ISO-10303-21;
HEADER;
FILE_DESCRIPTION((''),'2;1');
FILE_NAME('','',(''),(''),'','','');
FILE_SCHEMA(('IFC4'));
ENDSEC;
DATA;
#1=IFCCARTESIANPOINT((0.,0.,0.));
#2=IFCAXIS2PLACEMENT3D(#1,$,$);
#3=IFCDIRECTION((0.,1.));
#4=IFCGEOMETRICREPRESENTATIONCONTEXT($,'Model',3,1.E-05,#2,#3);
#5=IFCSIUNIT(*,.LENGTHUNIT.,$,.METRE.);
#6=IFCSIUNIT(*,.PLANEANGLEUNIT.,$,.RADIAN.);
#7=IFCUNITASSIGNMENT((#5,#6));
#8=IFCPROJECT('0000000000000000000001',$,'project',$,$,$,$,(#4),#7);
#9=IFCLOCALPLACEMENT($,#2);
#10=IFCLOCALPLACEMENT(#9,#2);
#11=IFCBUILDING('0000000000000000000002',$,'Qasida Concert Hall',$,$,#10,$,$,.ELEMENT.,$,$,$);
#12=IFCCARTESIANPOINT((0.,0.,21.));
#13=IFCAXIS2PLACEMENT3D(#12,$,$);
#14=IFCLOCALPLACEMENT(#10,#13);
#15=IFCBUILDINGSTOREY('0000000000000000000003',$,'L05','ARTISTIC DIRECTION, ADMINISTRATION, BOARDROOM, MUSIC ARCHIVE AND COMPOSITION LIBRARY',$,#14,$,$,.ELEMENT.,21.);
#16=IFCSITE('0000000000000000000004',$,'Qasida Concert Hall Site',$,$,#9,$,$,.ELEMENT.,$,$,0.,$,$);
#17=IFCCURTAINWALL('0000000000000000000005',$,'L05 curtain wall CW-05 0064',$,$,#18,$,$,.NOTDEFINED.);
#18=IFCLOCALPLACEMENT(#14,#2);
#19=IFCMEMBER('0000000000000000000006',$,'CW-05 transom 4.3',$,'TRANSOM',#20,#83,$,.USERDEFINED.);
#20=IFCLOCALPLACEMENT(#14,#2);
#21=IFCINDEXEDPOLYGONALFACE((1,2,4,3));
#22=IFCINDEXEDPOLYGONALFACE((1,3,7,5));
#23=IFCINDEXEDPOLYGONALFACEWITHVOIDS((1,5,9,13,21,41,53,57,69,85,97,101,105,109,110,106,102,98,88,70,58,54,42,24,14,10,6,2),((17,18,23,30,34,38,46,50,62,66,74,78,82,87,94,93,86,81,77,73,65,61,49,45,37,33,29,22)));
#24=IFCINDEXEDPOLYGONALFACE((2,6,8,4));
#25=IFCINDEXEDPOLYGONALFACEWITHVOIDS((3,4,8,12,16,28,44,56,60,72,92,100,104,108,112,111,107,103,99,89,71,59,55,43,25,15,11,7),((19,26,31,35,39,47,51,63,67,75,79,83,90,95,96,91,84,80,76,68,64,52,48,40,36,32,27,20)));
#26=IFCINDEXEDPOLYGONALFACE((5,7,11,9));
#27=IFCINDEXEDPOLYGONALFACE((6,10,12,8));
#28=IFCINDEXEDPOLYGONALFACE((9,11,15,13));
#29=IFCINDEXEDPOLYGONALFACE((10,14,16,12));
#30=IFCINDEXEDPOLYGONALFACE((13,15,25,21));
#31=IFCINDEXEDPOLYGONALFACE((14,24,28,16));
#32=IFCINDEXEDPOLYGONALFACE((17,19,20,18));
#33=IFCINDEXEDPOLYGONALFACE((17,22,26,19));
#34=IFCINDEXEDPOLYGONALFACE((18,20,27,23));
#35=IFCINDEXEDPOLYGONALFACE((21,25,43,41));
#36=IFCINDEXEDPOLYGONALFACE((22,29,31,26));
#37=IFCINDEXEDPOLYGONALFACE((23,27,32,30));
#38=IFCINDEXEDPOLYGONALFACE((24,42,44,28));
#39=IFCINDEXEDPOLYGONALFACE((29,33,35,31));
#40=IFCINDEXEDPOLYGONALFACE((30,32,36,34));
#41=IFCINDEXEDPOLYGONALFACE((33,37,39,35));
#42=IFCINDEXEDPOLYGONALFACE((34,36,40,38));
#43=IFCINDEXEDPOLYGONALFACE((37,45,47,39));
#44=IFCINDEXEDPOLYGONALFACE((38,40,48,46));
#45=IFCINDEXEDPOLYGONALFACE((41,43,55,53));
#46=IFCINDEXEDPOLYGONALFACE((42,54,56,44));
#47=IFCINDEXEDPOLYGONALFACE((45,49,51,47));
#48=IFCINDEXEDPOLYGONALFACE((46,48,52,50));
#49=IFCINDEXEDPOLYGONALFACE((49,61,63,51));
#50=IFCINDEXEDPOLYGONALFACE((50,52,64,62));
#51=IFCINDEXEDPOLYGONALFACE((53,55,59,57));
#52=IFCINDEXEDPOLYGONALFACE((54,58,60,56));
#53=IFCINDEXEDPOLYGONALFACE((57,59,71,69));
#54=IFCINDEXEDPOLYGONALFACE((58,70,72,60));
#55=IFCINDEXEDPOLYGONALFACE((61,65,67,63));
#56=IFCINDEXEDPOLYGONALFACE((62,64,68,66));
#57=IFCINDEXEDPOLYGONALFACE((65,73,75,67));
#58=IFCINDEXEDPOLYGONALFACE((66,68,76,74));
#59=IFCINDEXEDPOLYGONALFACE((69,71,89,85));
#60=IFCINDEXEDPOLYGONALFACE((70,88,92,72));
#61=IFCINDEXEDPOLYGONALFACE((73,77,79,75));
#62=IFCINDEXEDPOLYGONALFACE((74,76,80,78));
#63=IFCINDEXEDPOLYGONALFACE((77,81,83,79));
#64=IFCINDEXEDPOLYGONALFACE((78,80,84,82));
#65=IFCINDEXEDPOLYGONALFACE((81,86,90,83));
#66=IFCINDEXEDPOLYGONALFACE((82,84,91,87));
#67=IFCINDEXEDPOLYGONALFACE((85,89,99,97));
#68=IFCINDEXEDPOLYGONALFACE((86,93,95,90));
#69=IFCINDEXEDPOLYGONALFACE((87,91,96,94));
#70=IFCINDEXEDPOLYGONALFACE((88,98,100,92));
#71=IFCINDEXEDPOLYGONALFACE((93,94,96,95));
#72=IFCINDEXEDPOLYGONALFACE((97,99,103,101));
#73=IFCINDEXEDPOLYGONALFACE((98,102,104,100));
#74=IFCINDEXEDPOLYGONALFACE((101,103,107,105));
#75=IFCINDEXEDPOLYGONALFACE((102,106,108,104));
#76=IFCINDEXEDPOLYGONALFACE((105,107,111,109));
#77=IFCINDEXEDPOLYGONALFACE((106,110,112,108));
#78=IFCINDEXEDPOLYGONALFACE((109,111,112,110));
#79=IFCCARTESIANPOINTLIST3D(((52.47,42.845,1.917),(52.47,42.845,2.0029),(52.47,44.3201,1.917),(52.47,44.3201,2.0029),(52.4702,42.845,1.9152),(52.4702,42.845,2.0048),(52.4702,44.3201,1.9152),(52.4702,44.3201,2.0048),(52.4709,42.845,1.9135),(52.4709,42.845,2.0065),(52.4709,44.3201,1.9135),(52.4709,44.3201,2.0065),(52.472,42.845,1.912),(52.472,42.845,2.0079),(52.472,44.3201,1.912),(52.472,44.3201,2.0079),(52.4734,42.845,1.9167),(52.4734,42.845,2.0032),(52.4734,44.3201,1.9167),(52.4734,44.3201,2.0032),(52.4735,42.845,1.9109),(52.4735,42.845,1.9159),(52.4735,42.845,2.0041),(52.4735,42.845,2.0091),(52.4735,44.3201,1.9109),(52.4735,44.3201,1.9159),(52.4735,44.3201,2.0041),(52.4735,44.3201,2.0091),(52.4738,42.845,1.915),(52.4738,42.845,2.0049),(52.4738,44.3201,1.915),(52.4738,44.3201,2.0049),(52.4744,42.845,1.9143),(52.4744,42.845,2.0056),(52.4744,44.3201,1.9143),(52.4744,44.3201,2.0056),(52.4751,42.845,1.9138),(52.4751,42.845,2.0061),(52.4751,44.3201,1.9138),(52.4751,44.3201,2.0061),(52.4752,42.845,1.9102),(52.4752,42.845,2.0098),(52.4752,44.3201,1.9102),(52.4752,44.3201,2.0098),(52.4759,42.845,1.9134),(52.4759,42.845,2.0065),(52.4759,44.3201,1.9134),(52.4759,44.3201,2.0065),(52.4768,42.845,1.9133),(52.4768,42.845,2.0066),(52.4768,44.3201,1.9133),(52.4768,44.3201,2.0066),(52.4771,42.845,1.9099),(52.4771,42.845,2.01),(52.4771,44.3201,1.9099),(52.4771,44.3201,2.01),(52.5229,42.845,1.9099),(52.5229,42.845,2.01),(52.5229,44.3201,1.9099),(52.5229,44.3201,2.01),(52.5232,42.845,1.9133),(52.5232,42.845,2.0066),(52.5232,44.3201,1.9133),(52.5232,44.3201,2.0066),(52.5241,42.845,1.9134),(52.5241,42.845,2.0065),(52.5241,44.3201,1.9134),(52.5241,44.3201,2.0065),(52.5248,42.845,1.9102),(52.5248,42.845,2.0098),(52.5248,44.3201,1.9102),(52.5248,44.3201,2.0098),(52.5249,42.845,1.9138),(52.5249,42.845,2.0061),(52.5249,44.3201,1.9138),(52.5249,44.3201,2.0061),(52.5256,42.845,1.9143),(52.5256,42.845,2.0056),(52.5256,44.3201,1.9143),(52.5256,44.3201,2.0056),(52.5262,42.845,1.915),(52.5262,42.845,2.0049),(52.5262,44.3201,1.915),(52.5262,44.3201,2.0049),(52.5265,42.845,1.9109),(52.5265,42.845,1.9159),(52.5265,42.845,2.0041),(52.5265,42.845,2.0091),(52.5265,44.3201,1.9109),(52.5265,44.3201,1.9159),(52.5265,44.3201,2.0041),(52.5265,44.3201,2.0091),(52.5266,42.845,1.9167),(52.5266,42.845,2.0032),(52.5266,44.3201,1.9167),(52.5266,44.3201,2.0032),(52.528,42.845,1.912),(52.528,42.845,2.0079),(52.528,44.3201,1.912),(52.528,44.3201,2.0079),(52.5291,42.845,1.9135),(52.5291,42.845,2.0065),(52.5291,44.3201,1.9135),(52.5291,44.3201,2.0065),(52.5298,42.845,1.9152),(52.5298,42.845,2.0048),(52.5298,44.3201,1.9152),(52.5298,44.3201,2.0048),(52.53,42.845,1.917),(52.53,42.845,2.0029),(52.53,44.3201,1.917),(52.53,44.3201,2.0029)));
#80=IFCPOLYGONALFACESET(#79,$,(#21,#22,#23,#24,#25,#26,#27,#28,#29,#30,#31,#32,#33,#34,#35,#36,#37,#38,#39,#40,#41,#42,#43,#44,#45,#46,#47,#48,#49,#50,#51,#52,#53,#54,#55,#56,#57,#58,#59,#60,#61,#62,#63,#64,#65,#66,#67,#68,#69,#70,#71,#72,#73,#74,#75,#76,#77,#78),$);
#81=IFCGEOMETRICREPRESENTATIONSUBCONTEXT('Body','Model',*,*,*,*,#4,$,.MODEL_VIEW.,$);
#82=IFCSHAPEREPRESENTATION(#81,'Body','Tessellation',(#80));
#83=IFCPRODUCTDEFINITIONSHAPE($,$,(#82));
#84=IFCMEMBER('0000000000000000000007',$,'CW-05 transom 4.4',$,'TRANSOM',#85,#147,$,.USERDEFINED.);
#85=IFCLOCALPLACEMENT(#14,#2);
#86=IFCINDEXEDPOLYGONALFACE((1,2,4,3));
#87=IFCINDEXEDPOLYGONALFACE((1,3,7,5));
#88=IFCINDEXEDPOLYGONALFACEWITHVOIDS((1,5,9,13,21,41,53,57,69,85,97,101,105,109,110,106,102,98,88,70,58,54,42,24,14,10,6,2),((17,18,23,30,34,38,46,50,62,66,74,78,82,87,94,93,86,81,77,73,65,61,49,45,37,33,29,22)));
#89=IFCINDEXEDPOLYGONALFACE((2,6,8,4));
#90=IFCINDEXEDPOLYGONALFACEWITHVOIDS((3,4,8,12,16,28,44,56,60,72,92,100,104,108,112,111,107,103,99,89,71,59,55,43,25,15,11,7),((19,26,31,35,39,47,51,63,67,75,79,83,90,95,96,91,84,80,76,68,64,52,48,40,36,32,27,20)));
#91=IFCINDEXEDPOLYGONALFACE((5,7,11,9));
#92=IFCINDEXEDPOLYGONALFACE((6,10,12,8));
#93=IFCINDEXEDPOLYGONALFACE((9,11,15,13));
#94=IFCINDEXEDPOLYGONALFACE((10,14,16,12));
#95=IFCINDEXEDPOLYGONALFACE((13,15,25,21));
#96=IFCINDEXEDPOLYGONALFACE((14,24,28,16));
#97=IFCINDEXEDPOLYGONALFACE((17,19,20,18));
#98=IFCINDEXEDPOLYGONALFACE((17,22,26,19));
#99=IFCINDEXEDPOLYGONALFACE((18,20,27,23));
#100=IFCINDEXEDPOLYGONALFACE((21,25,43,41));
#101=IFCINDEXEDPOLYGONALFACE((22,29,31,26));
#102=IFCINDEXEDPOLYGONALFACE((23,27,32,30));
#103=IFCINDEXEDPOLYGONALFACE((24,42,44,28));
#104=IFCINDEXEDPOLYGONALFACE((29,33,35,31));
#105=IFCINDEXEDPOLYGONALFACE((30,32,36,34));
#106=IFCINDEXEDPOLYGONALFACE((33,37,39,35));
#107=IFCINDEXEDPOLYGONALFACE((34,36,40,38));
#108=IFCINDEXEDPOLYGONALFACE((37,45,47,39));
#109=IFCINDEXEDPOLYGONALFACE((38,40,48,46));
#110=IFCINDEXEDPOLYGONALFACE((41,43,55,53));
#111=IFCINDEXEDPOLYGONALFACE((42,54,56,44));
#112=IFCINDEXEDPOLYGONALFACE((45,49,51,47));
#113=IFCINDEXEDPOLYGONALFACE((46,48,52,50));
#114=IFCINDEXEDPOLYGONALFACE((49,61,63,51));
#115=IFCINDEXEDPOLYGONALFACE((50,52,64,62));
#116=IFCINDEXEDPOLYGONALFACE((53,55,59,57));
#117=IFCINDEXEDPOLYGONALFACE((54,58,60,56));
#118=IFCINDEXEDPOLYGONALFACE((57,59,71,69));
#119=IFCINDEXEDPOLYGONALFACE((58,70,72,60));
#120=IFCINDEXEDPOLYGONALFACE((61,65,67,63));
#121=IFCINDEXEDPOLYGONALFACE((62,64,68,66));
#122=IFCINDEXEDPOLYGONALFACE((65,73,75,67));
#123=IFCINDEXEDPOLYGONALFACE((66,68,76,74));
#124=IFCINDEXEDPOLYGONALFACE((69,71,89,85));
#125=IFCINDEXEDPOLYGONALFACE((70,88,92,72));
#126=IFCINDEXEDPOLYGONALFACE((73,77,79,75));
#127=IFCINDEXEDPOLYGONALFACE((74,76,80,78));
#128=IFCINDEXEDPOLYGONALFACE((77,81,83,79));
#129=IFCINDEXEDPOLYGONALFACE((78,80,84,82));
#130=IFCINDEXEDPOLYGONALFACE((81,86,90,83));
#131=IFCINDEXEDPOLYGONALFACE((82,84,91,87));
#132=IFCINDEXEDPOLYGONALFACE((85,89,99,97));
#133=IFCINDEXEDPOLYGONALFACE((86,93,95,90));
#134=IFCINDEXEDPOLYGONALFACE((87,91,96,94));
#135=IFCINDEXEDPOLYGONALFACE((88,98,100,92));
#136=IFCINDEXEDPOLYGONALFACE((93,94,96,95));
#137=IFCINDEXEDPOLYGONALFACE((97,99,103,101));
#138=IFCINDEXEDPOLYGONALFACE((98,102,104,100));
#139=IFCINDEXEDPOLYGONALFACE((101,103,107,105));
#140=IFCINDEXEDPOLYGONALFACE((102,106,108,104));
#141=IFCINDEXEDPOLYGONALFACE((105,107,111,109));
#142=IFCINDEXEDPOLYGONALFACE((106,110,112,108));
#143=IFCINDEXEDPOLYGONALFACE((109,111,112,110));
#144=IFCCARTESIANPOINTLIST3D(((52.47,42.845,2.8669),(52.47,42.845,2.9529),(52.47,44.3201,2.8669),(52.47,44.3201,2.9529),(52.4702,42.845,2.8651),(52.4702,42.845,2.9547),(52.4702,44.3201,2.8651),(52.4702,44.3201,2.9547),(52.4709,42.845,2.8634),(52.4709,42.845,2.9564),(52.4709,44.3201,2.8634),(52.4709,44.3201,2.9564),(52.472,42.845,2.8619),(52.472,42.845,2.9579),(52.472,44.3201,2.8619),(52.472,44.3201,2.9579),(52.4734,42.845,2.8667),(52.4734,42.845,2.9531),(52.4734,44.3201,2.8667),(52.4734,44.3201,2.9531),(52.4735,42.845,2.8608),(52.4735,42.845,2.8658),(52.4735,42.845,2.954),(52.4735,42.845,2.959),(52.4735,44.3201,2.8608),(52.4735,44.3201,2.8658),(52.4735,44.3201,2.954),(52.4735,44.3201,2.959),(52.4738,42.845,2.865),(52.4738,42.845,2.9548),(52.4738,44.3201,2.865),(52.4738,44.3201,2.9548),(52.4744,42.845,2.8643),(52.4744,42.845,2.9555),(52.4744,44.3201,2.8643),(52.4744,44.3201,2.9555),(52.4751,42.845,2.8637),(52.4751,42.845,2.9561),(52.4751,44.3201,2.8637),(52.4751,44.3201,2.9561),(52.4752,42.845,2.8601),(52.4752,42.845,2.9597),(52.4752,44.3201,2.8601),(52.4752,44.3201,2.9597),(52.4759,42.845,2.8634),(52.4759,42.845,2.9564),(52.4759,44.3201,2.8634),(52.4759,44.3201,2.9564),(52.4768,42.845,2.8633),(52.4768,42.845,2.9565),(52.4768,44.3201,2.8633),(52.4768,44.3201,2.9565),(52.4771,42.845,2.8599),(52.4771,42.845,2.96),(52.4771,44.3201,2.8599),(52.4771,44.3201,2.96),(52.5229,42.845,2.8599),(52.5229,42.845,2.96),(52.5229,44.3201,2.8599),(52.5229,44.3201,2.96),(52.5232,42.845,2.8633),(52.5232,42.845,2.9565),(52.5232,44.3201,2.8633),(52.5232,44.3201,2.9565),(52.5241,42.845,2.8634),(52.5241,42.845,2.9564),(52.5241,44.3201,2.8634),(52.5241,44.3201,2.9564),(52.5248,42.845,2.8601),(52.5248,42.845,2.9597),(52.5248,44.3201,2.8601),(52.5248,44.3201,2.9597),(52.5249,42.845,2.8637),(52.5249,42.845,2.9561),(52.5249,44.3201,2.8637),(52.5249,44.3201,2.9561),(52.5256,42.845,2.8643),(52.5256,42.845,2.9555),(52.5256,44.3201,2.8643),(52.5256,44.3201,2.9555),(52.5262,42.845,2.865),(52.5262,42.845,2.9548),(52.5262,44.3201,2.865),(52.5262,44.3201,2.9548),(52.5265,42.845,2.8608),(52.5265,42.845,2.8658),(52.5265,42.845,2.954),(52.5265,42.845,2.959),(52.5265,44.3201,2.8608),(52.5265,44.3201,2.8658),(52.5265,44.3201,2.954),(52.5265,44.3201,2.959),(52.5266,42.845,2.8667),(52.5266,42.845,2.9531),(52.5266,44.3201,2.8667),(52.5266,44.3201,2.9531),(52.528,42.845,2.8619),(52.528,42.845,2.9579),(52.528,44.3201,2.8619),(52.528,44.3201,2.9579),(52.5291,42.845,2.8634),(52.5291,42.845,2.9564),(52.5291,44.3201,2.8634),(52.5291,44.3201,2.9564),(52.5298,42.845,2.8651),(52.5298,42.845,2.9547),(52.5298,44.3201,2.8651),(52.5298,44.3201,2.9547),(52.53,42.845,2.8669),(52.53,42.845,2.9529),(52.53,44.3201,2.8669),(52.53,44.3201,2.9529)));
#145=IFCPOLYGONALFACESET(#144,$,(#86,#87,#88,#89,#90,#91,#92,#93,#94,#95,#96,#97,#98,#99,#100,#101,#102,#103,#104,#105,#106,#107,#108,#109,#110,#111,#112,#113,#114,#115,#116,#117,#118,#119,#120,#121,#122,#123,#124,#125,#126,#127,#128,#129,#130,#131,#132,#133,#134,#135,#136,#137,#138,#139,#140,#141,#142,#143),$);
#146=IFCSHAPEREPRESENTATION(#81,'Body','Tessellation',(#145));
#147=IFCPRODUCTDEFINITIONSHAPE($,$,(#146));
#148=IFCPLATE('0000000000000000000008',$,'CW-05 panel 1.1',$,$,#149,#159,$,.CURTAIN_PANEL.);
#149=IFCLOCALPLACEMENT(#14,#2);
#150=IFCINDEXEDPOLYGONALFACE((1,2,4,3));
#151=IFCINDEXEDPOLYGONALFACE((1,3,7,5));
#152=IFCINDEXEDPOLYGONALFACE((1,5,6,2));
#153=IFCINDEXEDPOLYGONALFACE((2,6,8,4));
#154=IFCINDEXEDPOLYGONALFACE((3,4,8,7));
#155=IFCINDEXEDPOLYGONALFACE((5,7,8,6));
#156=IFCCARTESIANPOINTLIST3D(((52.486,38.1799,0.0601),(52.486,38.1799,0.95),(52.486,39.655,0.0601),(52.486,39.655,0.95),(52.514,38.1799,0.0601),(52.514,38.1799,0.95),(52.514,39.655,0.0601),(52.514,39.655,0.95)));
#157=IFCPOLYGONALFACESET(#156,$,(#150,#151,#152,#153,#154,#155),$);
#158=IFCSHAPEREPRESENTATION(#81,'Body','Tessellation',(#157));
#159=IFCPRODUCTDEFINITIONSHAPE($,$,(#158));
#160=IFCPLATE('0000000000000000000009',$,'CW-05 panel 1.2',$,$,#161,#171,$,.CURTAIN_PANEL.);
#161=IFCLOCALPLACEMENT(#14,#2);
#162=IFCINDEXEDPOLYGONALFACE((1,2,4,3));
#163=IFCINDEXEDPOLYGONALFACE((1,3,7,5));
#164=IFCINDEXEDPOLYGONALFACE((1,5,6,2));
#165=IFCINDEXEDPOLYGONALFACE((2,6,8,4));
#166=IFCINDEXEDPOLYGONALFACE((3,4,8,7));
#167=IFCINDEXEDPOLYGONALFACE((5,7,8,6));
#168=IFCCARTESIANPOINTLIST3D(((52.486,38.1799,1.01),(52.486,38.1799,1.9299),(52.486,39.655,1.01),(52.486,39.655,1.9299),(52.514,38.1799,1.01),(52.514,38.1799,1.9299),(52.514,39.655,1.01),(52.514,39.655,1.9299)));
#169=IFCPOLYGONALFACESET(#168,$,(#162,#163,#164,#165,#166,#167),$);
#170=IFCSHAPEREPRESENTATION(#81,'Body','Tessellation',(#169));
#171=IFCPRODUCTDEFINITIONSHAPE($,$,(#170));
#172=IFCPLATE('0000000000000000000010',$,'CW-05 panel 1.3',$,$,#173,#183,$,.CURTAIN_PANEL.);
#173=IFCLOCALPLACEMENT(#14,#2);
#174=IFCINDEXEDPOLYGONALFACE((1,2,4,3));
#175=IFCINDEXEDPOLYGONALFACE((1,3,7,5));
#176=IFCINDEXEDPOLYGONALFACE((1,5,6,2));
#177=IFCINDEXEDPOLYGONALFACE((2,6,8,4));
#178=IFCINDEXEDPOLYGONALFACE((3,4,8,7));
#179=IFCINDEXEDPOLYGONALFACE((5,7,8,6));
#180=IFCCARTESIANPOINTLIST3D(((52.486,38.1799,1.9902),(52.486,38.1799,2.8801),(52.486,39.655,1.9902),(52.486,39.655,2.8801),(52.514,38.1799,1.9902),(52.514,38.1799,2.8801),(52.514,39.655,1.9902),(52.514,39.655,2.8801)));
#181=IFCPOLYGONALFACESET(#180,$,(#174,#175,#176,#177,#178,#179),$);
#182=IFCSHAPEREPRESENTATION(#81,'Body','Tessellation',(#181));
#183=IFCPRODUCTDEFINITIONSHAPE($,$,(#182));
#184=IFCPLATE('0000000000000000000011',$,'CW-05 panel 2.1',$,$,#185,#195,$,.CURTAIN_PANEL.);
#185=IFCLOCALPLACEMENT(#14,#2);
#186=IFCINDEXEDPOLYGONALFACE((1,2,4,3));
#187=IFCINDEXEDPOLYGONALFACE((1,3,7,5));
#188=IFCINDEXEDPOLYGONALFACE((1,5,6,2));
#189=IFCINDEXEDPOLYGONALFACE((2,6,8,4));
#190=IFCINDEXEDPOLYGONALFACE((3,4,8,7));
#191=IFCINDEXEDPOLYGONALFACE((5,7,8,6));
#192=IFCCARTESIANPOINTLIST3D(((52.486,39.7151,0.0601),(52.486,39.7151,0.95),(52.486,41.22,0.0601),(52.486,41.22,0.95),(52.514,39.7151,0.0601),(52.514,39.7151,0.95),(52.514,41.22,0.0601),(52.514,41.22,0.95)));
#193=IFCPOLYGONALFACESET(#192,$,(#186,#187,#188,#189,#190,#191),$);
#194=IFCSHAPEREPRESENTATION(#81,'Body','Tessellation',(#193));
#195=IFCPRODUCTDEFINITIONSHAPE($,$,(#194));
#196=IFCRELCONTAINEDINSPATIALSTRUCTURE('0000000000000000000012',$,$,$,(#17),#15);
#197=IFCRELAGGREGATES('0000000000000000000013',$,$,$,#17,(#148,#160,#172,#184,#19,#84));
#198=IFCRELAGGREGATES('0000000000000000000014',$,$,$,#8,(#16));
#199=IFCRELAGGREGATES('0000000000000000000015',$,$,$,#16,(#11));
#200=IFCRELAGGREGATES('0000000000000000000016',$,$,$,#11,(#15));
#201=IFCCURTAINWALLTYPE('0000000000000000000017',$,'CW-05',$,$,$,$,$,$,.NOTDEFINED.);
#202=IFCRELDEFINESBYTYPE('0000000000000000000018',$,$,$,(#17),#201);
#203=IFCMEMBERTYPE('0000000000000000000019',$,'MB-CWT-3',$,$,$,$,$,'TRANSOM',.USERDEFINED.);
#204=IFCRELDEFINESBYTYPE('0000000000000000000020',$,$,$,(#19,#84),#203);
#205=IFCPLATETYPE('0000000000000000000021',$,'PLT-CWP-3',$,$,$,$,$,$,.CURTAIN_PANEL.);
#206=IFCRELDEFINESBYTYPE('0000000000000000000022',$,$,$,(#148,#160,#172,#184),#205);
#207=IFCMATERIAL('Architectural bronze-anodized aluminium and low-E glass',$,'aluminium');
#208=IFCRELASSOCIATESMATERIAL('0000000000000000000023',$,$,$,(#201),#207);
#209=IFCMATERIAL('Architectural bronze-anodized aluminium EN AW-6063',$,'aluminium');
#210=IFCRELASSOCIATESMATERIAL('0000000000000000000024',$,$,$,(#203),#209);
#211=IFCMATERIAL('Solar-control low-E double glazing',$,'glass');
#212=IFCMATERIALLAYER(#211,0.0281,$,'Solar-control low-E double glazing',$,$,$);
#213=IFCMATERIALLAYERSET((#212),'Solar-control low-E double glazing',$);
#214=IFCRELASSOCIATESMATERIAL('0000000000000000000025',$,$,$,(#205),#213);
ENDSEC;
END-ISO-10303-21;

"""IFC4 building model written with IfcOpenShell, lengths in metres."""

from ifc_helpers import new_model, si_unit, direction, frame, origin, origin_2d, place, context, subcontext, project, spatial, rectangle, hollow_rectangle, extrude, material, layer, layer_set, material_profile, profile_set, type_object, element, aggregate, save


model = new_model("IFC4")

# Units and contexts
model_context = context("Model", 3, precision=1e-05, world=origin(), true_north=direction((0.0, 1.0)))
body_context = subcontext(model_context, "Body", "Model", "MODEL_VIEW")
ifc_project = project(units=[si_unit("LENGTHUNIT", "METRE"), si_unit("PLANEANGLEUNIT", "RADIAN")], contexts=[model_context])

# Site, building, storey
site_placement = place(None, origin())
site = spatial("IfcSite", under=ifc_project, at=site_placement, Name="Qasida Concert Hall Site", CompositionType="ELEMENT", RefElevation=0.0)
building_placement = place(site_placement, origin())
building = spatial("IfcBuilding", under=site, at=building_placement, Name="Qasida Concert Hall", CompositionType="ELEMENT")
storey_placement = place(building_placement, frame((0.0, 0.0, 21.0)))
storey = spatial("IfcBuildingStorey", under=building, at=storey_placement, Name="L05", Description="ARTISTIC DIRECTION, ADMINISTRATION, BOARDROOM, MUSIC ARCHIVE AND COMPOSITION LIBRARY", CompositionType="ELEMENT", Elevation=21.0)

# Curtain wall, members, plates
ifc_material_1 = material(Name="Architectural bronze-anodized aluminium and low-E glass", Category="aluminium")
curtain_wall_type = type_object("IfcCurtainWallType", Name="CW-05", PredefinedType="NOTDEFINED", material=ifc_material_1)
curtain_wall_placement = place(storey_placement, origin())
curtain_wall = element("IfcCurtainWall", 1, at=curtain_wall_placement, inside=storey, type_object=curtain_wall_type, Name="L05 curtain wall CW-05 0064", PredefinedType="NOTDEFINED")
ifc_material_2 = material(Name="Architectural bronze-anodized aluminium EN AW-6063", Category="aluminium")
ifc_material_profile_1 = material_profile(ifc_material_2, hollow_rectangle(XDim=0.0601, YDim=0.1001, WallThickness=0.0034, InnerFilletRadius=0.0034, OuterFilletRadius=0.0071, at=origin_2d()), Name="CWT 100x60x3.5")
ifc_profile_set_1 = profile_set([ifc_material_profile_1], Name="Architectural bronze-anodized aluminium EN AW-6063")
member_type_1 = type_object("IfcMemberType", Name="MB-CWT-3", ElementType="TRANSOM", PredefinedType="USERDEFINED", material=ifc_profile_set_1)
member_1_placement = place(storey_placement, frame((52.5, 42.845, 1.96), z_axis=(0.0, 1.0, 0.0), x_axis=(-1.0, 0.0, 0.0)))
member_1 = element("IfcMember", 2, at=member_1_placement, type_object=member_type_1, Name="CW-05 transom 4.3", ObjectType="TRANSOM", PredefinedType="USERDEFINED", context=body_context, shape_type="SweptSolid", body=[
    extrude(hollow_rectangle(XDim=0.0601, YDim=0.1001, WallThickness=0.0034, InnerFilletRadius=0.0034, OuterFilletRadius=0.0071, at=origin_2d()), origin(), (0.0, 0.0, 1.0), 1.4751),
])
member_2_placement = place(storey_placement, frame((52.5, 42.845, 2.9099), z_axis=(0.0, 1.0, 0.0), x_axis=(-1.0, 0.0, 0.0)))
member_2 = element("IfcMember", 3, at=member_2_placement, type_object=member_type_1, Name="CW-05 transom 4.4", ObjectType="TRANSOM", PredefinedType="USERDEFINED", context=body_context, shape_type="SweptSolid", body=[
    extrude(hollow_rectangle(XDim=0.0601, YDim=0.1001, WallThickness=0.0034, InnerFilletRadius=0.0034, OuterFilletRadius=0.0071, at=origin_2d()), origin(), (0.0, 0.0, 1.0), 1.4751),
])
ifc_material_3 = material(Name="Solar-control low-E double glazing", Category="glass")
ifc_layer_1 = layer(ifc_material_3, 0.0281, Name="Solar-control low-E double glazing")
ifc_layer_set_1 = layer_set([ifc_layer_1], Name="Solar-control low-E double glazing")
plate_type = type_object("IfcPlateType", Name="PLT-CWP-3", PredefinedType="CURTAIN_PANEL", material=ifc_layer_set_1)
plate_1_placement = place(storey_placement, frame((52.5, 38.9175, 0.0601), z_axis=(0.0, 0.0, 1.0), x_axis=(0.0, 1.0, 0.0)))
plate_1 = element("IfcPlate", 4, at=plate_1_placement, type_object=plate_type, Name="CW-05 panel 1.1", PredefinedType="CURTAIN_PANEL", context=body_context, shape_type="SweptSolid", body=[
    extrude(rectangle(XDim=1.4751, YDim=0.0281, at=origin_2d()), origin(), (0.0, 0.0, 1.0), 0.8899),
])
plate_2_placement = place(storey_placement, frame((52.5, 38.9175, 1.01), z_axis=(0.0, 0.0, 1.0), x_axis=(0.0, 1.0, 0.0)))
plate_2 = element("IfcPlate", 5, at=plate_2_placement, type_object=plate_type, Name="CW-05 panel 1.2", PredefinedType="CURTAIN_PANEL", context=body_context, shape_type="SweptSolid", body=[
    extrude(rectangle(XDim=1.4751, YDim=0.0281, at=origin_2d()), origin(), (0.0, 0.0, 1.0), 0.9199),
])
plate_3_placement = place(storey_placement, frame((52.5, 38.9175, 1.9902), z_axis=(0.0, 0.0, 1.0), x_axis=(0.0, 1.0, 0.0)))
plate_3 = element("IfcPlate", 6, at=plate_3_placement, type_object=plate_type, Name="CW-05 panel 1.3", PredefinedType="CURTAIN_PANEL", context=body_context, shape_type="SweptSolid", body=[
    extrude(rectangle(XDim=1.4751, YDim=0.0281, at=origin_2d()), origin(), (0.0, 0.0, 1.0), 0.8899),
])
plate_4_placement = place(storey_placement, frame((52.5, 40.4675, 0.0601), z_axis=(0.0, 0.0, 1.0), x_axis=(0.0, 1.0, 0.0)))
plate_4 = element("IfcPlate", 7, at=plate_4_placement, type_object=plate_type, Name="CW-05 panel 2.1", PredefinedType="CURTAIN_PANEL", context=body_context, shape_type="SweptSolid", body=[
    extrude(rectangle(XDim=1.5049, YDim=0.0281, at=origin_2d()), origin(), (0.0, 0.0, 1.0), 0.8899),
])
aggregate(curtain_wall, [plate_1, plate_2, plate_3, plate_4, member_1, member_2])

save(model, "model.ifc")
